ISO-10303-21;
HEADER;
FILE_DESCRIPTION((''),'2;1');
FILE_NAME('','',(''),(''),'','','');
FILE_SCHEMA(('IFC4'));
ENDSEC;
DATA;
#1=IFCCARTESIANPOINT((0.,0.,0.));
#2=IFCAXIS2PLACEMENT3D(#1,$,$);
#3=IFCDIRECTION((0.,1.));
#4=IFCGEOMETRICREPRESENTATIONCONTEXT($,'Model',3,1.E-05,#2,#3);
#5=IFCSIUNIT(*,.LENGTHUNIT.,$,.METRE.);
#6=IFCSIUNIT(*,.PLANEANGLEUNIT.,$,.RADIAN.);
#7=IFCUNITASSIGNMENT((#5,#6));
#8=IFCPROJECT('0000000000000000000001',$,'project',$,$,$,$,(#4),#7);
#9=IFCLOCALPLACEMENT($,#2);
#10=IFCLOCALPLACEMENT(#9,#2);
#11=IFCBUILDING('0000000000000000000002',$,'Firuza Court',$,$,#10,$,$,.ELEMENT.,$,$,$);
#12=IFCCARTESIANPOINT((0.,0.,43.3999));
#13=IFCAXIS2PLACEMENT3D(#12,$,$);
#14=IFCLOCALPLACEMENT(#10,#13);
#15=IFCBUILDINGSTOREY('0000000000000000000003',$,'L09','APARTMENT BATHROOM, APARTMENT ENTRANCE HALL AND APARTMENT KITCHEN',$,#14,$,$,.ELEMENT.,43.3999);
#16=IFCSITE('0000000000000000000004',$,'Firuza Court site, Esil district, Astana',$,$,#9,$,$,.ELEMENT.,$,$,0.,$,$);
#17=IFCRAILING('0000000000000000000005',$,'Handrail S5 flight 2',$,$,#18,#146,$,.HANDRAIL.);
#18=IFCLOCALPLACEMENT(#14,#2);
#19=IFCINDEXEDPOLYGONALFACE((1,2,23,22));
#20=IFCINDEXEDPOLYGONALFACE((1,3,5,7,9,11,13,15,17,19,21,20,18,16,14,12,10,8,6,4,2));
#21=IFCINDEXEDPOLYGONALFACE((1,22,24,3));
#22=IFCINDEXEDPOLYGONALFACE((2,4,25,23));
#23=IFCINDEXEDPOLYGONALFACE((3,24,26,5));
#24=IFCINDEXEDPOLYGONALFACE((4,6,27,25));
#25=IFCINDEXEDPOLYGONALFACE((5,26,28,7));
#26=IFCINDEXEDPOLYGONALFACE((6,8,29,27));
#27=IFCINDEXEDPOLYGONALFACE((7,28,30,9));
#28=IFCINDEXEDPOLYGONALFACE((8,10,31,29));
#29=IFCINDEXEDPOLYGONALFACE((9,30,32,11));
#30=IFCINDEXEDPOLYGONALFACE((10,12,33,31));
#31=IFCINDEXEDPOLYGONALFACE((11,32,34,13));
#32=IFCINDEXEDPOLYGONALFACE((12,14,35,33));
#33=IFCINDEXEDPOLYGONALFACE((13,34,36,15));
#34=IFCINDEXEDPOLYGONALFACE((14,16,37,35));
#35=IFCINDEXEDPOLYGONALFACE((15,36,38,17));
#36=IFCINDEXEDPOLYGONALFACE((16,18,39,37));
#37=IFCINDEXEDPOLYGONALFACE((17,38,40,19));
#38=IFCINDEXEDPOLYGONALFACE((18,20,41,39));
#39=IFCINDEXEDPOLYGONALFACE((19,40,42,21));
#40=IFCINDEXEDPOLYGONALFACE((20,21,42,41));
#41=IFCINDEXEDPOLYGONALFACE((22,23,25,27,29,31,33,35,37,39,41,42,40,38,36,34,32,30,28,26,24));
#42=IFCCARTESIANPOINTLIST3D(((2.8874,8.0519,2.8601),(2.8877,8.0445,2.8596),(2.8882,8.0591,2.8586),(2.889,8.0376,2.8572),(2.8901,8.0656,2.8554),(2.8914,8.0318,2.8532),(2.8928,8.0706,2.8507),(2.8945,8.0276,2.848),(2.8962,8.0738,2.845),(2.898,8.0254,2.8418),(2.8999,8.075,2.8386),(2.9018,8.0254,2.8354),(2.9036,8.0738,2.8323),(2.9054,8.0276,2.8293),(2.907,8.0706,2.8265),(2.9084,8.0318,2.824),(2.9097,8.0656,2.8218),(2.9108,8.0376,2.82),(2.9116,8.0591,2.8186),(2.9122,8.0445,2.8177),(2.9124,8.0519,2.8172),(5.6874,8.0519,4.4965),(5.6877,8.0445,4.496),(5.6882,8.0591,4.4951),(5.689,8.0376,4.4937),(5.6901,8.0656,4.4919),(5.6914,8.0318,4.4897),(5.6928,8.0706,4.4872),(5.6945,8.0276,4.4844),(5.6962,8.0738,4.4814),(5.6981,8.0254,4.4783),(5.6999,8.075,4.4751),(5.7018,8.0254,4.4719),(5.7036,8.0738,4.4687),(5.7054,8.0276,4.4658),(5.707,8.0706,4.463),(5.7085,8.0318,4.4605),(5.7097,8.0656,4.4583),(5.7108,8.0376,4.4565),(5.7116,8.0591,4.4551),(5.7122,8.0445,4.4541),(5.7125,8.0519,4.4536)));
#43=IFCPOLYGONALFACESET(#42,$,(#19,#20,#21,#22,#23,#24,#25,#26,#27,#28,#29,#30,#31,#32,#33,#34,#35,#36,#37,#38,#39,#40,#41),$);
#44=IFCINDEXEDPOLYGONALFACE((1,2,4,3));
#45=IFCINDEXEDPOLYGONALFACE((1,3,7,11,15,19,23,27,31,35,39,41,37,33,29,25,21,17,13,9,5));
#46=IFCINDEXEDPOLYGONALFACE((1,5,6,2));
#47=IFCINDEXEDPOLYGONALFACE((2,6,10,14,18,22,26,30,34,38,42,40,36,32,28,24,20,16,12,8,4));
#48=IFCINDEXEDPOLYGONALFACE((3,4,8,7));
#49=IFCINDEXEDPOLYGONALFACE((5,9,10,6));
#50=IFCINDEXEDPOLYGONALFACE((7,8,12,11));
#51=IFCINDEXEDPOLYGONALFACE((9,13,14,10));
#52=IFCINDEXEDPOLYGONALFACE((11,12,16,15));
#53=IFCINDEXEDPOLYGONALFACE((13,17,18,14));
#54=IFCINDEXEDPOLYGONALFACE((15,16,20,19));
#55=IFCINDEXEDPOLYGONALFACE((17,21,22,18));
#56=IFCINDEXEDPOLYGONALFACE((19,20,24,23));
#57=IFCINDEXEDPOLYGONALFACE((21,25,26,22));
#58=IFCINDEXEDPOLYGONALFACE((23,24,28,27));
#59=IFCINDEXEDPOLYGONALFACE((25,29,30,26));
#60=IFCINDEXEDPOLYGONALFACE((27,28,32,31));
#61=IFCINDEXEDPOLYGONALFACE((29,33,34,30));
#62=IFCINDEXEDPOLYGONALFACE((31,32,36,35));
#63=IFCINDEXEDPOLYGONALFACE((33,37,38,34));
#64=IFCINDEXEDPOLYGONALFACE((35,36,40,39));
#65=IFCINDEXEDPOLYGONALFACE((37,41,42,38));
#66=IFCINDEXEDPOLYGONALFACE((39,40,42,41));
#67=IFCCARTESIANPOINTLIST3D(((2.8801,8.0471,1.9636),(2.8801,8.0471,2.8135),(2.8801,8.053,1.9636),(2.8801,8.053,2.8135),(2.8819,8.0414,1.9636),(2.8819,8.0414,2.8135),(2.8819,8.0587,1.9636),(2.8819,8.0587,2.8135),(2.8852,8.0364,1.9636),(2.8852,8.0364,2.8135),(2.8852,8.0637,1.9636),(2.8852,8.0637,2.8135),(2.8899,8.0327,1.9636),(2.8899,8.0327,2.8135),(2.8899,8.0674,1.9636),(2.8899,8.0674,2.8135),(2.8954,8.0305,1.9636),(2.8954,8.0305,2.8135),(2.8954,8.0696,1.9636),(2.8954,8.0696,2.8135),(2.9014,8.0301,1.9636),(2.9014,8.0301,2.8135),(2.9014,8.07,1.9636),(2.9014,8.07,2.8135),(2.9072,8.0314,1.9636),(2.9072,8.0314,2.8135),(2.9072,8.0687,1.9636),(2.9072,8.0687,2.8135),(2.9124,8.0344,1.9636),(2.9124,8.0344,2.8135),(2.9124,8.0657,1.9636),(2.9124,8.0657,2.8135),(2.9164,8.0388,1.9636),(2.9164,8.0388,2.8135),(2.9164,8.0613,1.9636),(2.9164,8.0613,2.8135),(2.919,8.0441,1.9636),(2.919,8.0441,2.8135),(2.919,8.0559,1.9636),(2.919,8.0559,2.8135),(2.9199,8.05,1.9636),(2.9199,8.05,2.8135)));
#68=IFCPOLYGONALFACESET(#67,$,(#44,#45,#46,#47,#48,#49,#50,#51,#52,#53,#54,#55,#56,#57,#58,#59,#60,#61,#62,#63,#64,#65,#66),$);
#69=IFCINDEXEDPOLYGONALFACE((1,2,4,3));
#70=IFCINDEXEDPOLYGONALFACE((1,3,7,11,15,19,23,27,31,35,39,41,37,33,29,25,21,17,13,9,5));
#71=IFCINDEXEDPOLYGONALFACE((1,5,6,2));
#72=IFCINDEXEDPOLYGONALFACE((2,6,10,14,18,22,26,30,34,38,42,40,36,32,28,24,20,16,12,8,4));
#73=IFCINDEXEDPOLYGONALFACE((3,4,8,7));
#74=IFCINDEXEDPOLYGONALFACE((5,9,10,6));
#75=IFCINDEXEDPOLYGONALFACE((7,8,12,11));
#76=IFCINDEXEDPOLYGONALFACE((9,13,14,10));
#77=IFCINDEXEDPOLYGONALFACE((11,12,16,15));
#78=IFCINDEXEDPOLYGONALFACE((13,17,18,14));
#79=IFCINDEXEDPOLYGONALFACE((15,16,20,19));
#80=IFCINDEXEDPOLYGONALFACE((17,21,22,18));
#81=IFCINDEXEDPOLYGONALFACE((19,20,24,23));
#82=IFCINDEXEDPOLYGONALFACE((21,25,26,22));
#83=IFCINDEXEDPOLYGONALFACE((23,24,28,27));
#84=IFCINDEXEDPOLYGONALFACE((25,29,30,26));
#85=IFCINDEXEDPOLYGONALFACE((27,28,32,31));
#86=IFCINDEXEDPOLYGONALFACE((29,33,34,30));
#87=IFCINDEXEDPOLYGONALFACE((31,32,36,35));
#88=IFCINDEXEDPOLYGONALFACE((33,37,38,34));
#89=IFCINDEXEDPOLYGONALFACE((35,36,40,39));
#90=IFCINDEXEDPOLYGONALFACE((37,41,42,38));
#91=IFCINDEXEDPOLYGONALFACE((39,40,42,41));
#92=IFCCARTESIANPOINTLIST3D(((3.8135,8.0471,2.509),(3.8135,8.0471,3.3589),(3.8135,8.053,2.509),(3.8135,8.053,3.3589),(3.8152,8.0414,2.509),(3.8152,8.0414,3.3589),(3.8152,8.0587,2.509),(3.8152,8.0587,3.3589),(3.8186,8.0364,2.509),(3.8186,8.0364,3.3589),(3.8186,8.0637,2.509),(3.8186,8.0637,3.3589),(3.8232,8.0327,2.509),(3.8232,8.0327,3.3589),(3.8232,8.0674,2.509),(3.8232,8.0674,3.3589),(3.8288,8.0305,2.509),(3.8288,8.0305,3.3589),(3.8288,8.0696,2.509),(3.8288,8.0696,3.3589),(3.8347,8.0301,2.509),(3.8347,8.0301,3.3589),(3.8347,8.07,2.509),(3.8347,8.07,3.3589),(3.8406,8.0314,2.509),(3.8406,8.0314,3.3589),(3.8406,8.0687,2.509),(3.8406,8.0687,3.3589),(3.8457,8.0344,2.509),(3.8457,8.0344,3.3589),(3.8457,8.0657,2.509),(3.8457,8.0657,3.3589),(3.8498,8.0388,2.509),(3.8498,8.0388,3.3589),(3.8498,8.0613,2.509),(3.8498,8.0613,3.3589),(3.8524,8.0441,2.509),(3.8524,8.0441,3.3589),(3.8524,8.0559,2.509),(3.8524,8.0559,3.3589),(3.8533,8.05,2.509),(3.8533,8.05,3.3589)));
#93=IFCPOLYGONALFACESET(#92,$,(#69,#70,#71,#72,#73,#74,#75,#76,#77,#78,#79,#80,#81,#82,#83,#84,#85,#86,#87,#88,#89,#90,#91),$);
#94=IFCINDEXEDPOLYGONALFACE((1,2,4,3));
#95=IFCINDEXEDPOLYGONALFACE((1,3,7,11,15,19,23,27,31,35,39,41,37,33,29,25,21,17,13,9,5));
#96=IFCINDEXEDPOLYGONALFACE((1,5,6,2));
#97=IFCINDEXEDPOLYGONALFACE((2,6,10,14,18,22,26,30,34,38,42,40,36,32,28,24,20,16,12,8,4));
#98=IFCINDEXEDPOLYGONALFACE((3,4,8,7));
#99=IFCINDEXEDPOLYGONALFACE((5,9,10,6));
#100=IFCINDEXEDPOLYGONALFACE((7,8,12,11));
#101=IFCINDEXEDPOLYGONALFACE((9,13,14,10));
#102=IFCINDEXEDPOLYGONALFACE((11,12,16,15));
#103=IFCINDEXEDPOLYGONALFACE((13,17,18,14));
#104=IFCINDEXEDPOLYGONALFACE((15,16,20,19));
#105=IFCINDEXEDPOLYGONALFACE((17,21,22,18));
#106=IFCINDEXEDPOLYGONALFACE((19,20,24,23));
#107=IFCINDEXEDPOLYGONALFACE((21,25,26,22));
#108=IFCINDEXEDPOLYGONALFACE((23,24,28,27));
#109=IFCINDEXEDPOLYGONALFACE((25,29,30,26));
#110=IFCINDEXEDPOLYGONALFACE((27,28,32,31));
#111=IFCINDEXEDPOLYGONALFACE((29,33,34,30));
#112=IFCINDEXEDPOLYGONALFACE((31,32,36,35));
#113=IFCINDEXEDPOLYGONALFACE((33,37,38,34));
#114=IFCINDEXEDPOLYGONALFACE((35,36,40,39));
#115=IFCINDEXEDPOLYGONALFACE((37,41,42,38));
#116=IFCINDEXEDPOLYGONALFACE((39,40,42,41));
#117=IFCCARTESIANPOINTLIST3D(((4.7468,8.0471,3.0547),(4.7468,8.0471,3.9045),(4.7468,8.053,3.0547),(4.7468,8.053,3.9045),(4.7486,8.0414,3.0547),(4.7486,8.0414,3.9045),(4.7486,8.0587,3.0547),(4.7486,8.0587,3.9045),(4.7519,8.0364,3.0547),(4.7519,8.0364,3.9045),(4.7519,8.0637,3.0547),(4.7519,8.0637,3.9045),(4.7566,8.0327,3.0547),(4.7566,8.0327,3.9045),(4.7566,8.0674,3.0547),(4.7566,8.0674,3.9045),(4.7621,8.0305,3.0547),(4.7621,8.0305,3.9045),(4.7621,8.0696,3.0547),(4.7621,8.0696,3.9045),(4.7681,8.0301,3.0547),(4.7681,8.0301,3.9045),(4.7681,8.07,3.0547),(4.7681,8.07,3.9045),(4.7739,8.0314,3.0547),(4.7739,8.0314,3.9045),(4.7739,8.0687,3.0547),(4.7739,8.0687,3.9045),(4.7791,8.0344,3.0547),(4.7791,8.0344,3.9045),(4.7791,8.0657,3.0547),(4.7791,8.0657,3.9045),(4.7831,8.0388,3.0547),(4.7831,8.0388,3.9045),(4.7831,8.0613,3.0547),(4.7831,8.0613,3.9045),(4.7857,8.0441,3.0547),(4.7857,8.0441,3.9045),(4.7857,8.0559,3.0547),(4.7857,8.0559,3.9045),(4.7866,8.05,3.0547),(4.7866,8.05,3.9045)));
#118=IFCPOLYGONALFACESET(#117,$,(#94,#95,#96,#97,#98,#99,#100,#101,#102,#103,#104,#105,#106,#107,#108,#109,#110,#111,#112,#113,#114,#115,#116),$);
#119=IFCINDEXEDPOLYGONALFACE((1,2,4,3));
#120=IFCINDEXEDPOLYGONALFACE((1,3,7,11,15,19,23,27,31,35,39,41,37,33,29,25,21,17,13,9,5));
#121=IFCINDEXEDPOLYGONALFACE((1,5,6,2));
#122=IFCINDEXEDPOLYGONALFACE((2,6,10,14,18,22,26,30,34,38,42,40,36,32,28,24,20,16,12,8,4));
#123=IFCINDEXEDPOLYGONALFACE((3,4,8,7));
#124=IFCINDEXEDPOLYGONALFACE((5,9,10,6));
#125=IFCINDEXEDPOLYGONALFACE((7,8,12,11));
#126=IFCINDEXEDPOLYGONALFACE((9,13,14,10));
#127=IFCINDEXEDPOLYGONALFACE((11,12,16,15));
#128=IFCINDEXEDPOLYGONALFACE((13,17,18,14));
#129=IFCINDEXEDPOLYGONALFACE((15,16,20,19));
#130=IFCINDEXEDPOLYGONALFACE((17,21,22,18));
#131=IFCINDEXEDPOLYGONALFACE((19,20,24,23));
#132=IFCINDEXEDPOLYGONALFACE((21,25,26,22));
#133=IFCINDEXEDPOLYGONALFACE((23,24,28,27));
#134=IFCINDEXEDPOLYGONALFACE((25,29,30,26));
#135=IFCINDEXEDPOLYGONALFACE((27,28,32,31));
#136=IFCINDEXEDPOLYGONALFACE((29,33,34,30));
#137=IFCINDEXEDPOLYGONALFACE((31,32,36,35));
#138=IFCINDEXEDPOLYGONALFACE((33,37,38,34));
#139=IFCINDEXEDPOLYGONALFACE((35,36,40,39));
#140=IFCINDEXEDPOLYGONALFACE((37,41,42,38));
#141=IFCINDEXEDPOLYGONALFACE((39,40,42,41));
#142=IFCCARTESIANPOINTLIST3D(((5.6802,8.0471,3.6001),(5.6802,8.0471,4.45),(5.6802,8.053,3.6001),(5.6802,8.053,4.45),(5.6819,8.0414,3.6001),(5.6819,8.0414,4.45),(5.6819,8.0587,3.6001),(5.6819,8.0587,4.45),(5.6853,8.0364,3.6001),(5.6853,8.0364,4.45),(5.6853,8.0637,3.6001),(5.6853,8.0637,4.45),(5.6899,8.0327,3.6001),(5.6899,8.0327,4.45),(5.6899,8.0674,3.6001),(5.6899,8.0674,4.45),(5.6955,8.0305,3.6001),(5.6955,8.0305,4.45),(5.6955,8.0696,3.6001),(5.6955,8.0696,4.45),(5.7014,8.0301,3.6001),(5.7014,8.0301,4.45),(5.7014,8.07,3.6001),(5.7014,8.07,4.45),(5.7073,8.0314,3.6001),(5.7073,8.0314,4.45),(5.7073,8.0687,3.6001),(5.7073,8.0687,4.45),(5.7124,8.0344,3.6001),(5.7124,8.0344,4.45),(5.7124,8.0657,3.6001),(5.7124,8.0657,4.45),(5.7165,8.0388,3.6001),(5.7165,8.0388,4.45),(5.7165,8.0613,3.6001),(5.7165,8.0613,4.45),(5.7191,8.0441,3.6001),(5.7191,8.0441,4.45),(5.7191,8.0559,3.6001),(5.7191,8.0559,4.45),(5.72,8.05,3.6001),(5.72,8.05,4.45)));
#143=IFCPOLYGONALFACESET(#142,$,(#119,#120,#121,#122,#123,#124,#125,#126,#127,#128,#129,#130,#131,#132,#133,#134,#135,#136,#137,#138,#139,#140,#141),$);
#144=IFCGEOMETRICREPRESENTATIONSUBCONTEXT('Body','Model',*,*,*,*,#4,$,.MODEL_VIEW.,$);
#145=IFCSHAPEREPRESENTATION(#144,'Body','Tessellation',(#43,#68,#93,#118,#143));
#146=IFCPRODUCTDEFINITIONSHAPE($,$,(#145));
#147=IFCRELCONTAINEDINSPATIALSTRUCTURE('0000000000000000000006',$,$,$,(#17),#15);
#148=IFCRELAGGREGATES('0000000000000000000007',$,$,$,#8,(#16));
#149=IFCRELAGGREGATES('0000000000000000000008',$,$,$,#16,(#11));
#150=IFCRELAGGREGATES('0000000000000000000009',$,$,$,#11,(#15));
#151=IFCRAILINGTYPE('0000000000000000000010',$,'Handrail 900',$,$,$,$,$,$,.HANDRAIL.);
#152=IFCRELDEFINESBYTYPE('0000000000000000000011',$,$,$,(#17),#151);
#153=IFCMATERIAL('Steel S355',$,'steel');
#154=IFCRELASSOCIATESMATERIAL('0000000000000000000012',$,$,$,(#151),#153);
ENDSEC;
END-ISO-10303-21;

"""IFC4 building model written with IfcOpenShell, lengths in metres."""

from ifc_helpers import new_model, si_unit, direction, frame, origin, origin_2d, place, context, subcontext, project, spatial, circle, extrude, material, type_object, element, save


model = new_model("IFC4")

# Units and contexts
model_context = context("Model", 3, precision=1e-05, world=origin(), true_north=direction((0.0, 1.0)))
body_context = subcontext(model_context, "Body", "Model", "MODEL_VIEW")
ifc_project = project(units=[si_unit("LENGTHUNIT", "METRE"), si_unit("PLANEANGLEUNIT", "RADIAN")], contexts=[model_context])

# Site, building, storey
site_placement = place(None, origin())
site = spatial("IfcSite", under=ifc_project, at=site_placement, Name="Firuza Court site, Esil district, Astana", CompositionType="ELEMENT", RefElevation=0.0)
building_placement = place(site_placement, origin())
building = spatial("IfcBuilding", under=site, at=building_placement, Name="Firuza Court", CompositionType="ELEMENT")
storey_placement = place(building_placement, frame((0.0, 0.0, 43.3999)))
storey = spatial("IfcBuildingStorey", under=building, at=storey_placement, Name="L09", Description="APARTMENT BATHROOM, APARTMENT ENTRANCE HALL AND APARTMENT KITCHEN", CompositionType="ELEMENT", Elevation=43.3999)

# Railing
ifc_material_1 = material(Name="Steel S355", Category="steel")
railing_type_1 = type_object("IfcRailingType", Name="Handrail 900", PredefinedType="HANDRAIL", material=ifc_material_1)
railing_1_placement = place(storey_placement, frame((2.8999, 8.05, 1.9636)))
element("IfcRailing", 1, at=railing_1_placement, inside=storey, type_object=railing_type_1, Name="Handrail S5 flight 2", PredefinedType="HANDRAIL", context=body_context, shape_type="SweptSolid", body=[
    extrude(circle(Radius=0.0249, at=origin_2d()), frame((0.0, 0.0, 0.875), z_axis=(0.863361, 0.0, 0.504587), x_axis=(0.0, 1.0, 0.0)), (0.0, 0.0, 1.0), 3.2432),
    extrude(circle(Radius=0.02, at=origin_2d()), origin(), (0.0, 0.0, 1.0), 0.8499),
    extrude(circle(Radius=0.02, at=origin_2d()), frame((0.9333, 0.0, 0.5454)), (0.0, 0.0, 1.0), 0.8499),
    extrude(circle(Radius=0.02, at=origin_2d()), frame((1.8667, 0.0, 1.0911)), (0.0, 0.0, 1.0), 0.8499),
    extrude(circle(Radius=0.02, at=origin_2d()), frame((2.8, 0.0, 1.6365)), (0.0, 0.0, 1.0), 0.8499),
])

save(model, "model.ifc")
